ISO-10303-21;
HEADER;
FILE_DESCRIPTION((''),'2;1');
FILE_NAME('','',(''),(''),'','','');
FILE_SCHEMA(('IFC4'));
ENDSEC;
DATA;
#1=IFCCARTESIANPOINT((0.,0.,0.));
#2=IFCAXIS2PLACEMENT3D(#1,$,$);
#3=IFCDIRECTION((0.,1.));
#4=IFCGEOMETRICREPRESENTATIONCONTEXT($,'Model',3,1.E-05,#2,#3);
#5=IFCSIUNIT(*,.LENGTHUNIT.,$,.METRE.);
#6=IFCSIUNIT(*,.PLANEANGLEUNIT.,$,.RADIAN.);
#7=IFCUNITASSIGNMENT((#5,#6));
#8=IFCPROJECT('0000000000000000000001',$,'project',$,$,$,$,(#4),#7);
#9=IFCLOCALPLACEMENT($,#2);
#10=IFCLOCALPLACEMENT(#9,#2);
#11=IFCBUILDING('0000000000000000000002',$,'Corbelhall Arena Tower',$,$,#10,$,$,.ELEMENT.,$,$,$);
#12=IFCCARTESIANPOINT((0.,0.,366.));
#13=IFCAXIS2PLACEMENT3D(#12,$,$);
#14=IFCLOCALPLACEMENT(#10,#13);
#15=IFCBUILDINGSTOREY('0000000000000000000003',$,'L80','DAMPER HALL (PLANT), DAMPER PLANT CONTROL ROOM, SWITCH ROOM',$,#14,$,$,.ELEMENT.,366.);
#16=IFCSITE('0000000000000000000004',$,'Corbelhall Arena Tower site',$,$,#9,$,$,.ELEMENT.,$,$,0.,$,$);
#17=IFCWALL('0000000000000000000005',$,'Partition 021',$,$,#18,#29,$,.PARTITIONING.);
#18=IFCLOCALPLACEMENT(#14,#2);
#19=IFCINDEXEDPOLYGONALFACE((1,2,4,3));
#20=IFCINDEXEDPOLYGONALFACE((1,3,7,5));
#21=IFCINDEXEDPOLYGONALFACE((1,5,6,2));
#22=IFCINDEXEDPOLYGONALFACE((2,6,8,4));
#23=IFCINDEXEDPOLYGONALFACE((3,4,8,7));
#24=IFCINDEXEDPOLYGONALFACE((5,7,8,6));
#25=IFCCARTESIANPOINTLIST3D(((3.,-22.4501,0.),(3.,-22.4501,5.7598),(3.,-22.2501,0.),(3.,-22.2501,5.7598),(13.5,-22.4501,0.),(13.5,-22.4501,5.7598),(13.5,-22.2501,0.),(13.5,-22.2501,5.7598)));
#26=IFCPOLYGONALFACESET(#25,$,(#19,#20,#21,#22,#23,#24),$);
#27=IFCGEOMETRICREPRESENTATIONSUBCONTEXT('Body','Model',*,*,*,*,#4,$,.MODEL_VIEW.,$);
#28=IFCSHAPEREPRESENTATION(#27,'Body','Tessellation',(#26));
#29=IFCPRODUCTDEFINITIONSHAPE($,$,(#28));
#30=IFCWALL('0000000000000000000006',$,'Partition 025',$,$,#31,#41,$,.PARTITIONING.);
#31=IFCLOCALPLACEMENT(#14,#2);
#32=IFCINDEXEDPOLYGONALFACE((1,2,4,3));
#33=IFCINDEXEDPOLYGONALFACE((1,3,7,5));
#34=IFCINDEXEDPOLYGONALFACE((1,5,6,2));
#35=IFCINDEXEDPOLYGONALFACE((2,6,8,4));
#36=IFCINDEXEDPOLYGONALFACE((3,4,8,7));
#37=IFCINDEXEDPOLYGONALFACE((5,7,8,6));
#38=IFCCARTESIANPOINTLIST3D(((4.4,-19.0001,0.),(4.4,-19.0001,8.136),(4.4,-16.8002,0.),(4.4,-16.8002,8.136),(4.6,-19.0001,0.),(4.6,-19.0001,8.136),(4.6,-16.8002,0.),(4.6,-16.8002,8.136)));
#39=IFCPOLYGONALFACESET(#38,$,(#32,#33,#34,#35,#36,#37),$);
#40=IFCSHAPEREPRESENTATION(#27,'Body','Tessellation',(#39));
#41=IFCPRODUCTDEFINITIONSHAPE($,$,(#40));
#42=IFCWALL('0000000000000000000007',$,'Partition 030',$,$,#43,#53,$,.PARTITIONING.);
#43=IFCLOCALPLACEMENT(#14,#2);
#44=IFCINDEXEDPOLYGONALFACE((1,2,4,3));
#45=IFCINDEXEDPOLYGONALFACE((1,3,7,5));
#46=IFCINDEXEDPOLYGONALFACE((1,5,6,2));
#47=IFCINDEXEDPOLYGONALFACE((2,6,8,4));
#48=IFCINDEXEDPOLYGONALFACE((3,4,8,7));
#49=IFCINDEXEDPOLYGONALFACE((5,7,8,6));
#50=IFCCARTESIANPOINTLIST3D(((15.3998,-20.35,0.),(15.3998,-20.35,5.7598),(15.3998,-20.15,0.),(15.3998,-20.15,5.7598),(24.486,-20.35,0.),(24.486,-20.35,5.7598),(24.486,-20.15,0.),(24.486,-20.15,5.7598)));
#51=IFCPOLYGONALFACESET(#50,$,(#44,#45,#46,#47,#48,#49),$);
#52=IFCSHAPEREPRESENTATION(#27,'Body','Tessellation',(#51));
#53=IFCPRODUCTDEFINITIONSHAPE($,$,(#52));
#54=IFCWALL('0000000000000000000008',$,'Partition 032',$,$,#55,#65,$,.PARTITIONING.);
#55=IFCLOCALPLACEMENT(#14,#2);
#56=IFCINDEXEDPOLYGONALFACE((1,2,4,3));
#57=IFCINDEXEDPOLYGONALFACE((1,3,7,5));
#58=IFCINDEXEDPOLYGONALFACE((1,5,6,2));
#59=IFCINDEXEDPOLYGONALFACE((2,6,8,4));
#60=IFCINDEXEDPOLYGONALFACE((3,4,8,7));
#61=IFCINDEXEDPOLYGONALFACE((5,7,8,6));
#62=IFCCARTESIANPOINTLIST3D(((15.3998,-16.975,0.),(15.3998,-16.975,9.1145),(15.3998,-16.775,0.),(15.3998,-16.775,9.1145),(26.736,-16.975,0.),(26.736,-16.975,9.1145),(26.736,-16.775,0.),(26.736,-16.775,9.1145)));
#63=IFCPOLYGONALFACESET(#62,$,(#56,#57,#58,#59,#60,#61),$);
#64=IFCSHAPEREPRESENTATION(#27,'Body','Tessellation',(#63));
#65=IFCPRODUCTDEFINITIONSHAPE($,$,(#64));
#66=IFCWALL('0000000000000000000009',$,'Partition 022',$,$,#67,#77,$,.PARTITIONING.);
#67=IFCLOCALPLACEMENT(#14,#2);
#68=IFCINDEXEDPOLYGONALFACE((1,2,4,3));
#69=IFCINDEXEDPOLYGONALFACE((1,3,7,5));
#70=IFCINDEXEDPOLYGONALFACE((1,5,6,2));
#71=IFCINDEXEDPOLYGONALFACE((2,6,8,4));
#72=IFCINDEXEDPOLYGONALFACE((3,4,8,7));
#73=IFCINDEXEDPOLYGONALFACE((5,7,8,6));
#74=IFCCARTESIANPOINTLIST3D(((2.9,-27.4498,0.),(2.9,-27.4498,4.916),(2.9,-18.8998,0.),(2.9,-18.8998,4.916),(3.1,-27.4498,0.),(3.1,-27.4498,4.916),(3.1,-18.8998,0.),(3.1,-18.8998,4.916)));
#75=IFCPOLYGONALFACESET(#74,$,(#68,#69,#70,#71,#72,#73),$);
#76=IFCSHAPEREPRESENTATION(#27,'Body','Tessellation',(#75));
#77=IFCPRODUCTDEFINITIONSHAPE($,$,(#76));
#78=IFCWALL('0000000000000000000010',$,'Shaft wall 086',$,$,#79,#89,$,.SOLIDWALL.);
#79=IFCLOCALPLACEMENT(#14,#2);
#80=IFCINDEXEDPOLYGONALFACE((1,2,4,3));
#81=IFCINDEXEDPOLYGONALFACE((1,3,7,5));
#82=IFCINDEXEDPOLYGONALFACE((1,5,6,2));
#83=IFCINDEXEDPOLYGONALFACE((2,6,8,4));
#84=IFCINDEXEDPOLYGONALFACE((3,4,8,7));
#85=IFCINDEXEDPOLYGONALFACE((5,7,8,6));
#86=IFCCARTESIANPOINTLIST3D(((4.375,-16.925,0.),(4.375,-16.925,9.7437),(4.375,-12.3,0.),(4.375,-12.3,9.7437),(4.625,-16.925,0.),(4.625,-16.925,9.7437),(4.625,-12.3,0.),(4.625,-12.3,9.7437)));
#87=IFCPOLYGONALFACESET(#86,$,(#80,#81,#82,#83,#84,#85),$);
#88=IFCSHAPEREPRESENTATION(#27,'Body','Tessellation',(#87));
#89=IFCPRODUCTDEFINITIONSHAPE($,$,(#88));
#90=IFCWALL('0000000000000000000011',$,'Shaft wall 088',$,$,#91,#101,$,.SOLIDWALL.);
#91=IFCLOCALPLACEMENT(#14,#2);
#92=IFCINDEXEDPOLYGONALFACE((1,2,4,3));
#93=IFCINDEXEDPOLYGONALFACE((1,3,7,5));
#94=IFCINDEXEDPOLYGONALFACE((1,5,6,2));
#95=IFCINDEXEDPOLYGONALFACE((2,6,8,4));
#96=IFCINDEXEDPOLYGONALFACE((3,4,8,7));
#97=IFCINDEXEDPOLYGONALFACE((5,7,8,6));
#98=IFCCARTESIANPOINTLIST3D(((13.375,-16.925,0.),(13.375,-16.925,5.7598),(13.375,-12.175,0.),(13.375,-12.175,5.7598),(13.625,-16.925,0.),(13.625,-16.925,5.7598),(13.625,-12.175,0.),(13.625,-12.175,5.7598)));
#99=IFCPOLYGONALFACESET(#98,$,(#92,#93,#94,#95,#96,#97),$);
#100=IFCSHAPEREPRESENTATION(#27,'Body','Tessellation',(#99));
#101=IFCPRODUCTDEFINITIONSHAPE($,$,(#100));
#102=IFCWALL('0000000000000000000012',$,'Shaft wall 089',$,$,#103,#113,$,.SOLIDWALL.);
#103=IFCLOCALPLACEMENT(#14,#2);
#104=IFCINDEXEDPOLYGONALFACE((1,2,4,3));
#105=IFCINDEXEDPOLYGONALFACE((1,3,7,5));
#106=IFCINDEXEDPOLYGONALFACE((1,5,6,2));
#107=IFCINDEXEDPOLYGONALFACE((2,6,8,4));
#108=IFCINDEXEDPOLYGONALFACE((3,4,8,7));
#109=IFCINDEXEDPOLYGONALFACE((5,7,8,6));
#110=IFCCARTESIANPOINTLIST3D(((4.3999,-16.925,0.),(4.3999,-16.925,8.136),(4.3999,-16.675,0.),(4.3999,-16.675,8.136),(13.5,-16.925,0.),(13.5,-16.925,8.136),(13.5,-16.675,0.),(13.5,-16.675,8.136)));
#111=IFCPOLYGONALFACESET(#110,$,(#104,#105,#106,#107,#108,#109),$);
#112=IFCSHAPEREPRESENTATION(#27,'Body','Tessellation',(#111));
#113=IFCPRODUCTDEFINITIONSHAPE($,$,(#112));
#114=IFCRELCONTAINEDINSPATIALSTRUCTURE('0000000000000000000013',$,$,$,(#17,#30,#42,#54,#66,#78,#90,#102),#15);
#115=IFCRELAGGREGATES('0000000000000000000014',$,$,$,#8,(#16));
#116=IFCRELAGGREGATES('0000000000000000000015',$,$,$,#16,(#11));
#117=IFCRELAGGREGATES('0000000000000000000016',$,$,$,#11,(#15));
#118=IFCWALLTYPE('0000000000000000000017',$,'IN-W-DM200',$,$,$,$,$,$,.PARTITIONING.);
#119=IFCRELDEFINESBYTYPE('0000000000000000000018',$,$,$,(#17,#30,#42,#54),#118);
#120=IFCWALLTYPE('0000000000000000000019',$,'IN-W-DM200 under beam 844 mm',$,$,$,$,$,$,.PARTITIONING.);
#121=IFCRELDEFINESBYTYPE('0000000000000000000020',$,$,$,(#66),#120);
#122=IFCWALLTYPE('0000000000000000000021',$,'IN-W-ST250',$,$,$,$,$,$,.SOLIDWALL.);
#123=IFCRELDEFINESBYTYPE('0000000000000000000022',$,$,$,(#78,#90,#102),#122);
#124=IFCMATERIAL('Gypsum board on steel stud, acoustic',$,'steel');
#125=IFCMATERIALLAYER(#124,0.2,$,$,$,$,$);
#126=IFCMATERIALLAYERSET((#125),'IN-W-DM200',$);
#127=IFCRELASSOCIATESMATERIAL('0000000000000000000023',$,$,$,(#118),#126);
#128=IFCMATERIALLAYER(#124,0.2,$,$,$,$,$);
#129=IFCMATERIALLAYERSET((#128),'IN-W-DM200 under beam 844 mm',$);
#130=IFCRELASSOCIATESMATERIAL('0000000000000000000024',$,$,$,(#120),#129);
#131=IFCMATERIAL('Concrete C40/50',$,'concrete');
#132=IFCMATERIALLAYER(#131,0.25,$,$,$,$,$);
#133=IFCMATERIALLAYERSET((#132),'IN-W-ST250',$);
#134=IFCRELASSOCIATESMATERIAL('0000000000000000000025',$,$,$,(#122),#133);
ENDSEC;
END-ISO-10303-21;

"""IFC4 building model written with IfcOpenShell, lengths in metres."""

from ifc_helpers import new_model, si_unit, direction, frame, frame_2d, origin, place, context, subcontext, project, spatial, rectangle, extrude, material, layer, layer_set, type_object, element, save


model = new_model("IFC4")

# Units and contexts
model_context = context("Model", 3, precision=1e-05, world=origin(), true_north=direction((0.0, 1.0)))
body_context = subcontext(model_context, "Body", "Model", "MODEL_VIEW")
ifc_project = project(units=[si_unit("LENGTHUNIT", "METRE"), si_unit("PLANEANGLEUNIT", "RADIAN")], contexts=[model_context])

# Site, building, storey
site_placement = place(None, origin())
site = spatial("IfcSite", under=ifc_project, at=site_placement, Name="Corbelhall Arena Tower site", CompositionType="ELEMENT", RefElevation=0.0)
building_placement = place(site_placement, origin())
building = spatial("IfcBuilding", under=site, at=building_placement, Name="Corbelhall Arena Tower", CompositionType="ELEMENT")
storey_placement = place(building_placement, frame((0.0, 0.0, 366.0)))
storey = spatial("IfcBuildingStorey", under=building, at=storey_placement, Name="L80", Description="DAMPER HALL (PLANT), DAMPER PLANT CONTROL ROOM, SWITCH ROOM", CompositionType="ELEMENT", Elevation=366.0)

# Walls
ifc_material_1 = material(Name="Gypsum board on steel stud, acoustic", Category="steel")
ifc_layer_1 = layer(ifc_material_1, 0.2)
ifc_layer_set_1 = layer_set([ifc_layer_1], Name="IN-W-DM200")
wall_type_1 = type_object("IfcWallType", Name="IN-W-DM200", PredefinedType="PARTITIONING", material=ifc_layer_set_1)
wall_1_placement = place(storey_placement, frame((3.0, -22.3501, 0.0), z_axis=(0.0, 0.0, 1.0), x_axis=(1.0, 0.0, 0.0)))
element("IfcWall", 1, at=wall_1_placement, inside=storey, type_object=wall_type_1, Name="Partition 021", PredefinedType="PARTITIONING", context=body_context, shape_type="SweptSolid", body=[
    extrude(rectangle(XDim=10.5, YDim=0.2, at=frame_2d((5.25, 0.0))), origin(), (0.0, 0.0, 1.0), 5.7598),
])
wall_2_placement = place(storey_placement, frame((4.5, -16.8, 0.0), z_axis=(0.0, 0.0, 1.0), x_axis=(0.0, -1.0, 0.0)))
element("IfcWall", 2, at=wall_2_placement, inside=storey, type_object=wall_type_1, Name="Partition 025", PredefinedType="PARTITIONING", context=body_context, shape_type="SweptSolid", body=[
    extrude(rectangle(XDim=2.2, YDim=0.2, at=frame_2d((1.1001, 0.0))), origin(), (0.0, 0.0, 1.0), 8.136),
])
wall_3_placement = place(storey_placement, frame((15.3999, -20.25, 0.0), z_axis=(0.0, 0.0, 1.0), x_axis=(1.0, 0.0, 0.0)))
element("IfcWall", 3, at=wall_3_placement, inside=storey, type_object=wall_type_1, Name="Partition 030", PredefinedType="PARTITIONING", context=body_context, shape_type="SweptSolid", body=[
    extrude(rectangle(XDim=9.0862, YDim=0.2, at=frame_2d((4.543, 0.0))), origin(), (0.0, 0.0, 1.0), 5.7598),
])
wall_4_placement = place(storey_placement, frame((15.3999, -16.875, 0.0), z_axis=(0.0, 0.0, 1.0), x_axis=(1.0, 0.0, 0.0)))
element("IfcWall", 4, at=wall_4_placement, inside=storey, type_object=wall_type_1, Name="Partition 032", PredefinedType="PARTITIONING", context=body_context, shape_type="SweptSolid", body=[
    extrude(rectangle(XDim=11.3362, YDim=0.2, at=frame_2d((5.668, 0.0))), origin(), (0.0, 0.0, 1.0), 9.1145),
])
ifc_layer_2 = layer(ifc_material_1, 0.2)
ifc_layer_set_2 = layer_set([ifc_layer_2], Name="IN-W-DM200 under beam 844 mm")
wall_type_2 = type_object("IfcWallType", Name="IN-W-DM200 under beam 844 mm", PredefinedType="PARTITIONING", material=ifc_layer_set_2)
wall_5_placement = place(storey_placement, frame((3.0, -18.8999, 0.0), z_axis=(0.0, 0.0, 1.0), x_axis=(0.0, -1.0, 0.0)))
element("IfcWall", 5, at=wall_5_placement, inside=storey, type_object=wall_type_2, Name="Partition 022", PredefinedType="PARTITIONING", context=body_context, shape_type="SweptSolid", body=[
    extrude(rectangle(XDim=8.55, YDim=0.2, at=frame_2d((4.2749, 0.0))), origin(), (0.0, 0.0, 1.0), 4.916),
])

# Walls
ifc_material_2 = material(Name="Concrete C40/50", Category="concrete")
ifc_layer_3 = layer(ifc_material_2, 0.25)
ifc_layer_set_3 = layer_set([ifc_layer_3], Name="IN-W-ST250")
wall_type_3 = type_object("IfcWallType", Name="IN-W-ST250", PredefinedType="SOLIDWALL", material=ifc_layer_set_3)
wall_6_placement = place(storey_placement, frame((4.5, -16.925, 0.0), z_axis=(0.0, 0.0, 1.0), x_axis=(0.0, 1.0, 0.0)))
element("IfcWall", 6, at=wall_6_placement, inside=storey, type_object=wall_type_3, Name="Shaft wall 086", PredefinedType="SOLIDWALL", context=body_context, shape_type="SweptSolid", body=[
    extrude(rectangle(XDim=4.625, YDim=0.25, at=frame_2d((2.3125, 0.0))), origin(), (0.0, 0.0, 1.0), 9.7437),
])
wall_7_placement = place(storey_placement, frame((13.5, -16.925, 0.0), z_axis=(0.0, 0.0, 1.0), x_axis=(0.0, 1.0, 0.0)))
element("IfcWall", 7, at=wall_7_placement, inside=storey, type_object=wall_type_3, Name="Shaft wall 088", PredefinedType="SOLIDWALL", context=body_context, shape_type="SweptSolid", body=[
    extrude(rectangle(XDim=4.75, YDim=0.25, at=frame_2d((2.375, 0.0))), origin(), (0.0, 0.0, 1.0), 5.7598),
])
wall_8_placement = place(storey_placement, frame((13.5, -16.8, 0.0), z_axis=(0.0, 0.0, 1.0), x_axis=(-1.0, 0.0, 0.0)))
element("IfcWall", 8, at=wall_8_placement, inside=storey, type_object=wall_type_3, Name="Shaft wall 089", PredefinedType="SOLIDWALL", context=body_context, shape_type="SweptSolid", body=[
    extrude(rectangle(XDim=9.1001, YDim=0.25, at=frame_2d((4.55, 0.0))), origin(), (0.0, 0.0, 1.0), 8.136),
])

save(model, "model.ifc")
